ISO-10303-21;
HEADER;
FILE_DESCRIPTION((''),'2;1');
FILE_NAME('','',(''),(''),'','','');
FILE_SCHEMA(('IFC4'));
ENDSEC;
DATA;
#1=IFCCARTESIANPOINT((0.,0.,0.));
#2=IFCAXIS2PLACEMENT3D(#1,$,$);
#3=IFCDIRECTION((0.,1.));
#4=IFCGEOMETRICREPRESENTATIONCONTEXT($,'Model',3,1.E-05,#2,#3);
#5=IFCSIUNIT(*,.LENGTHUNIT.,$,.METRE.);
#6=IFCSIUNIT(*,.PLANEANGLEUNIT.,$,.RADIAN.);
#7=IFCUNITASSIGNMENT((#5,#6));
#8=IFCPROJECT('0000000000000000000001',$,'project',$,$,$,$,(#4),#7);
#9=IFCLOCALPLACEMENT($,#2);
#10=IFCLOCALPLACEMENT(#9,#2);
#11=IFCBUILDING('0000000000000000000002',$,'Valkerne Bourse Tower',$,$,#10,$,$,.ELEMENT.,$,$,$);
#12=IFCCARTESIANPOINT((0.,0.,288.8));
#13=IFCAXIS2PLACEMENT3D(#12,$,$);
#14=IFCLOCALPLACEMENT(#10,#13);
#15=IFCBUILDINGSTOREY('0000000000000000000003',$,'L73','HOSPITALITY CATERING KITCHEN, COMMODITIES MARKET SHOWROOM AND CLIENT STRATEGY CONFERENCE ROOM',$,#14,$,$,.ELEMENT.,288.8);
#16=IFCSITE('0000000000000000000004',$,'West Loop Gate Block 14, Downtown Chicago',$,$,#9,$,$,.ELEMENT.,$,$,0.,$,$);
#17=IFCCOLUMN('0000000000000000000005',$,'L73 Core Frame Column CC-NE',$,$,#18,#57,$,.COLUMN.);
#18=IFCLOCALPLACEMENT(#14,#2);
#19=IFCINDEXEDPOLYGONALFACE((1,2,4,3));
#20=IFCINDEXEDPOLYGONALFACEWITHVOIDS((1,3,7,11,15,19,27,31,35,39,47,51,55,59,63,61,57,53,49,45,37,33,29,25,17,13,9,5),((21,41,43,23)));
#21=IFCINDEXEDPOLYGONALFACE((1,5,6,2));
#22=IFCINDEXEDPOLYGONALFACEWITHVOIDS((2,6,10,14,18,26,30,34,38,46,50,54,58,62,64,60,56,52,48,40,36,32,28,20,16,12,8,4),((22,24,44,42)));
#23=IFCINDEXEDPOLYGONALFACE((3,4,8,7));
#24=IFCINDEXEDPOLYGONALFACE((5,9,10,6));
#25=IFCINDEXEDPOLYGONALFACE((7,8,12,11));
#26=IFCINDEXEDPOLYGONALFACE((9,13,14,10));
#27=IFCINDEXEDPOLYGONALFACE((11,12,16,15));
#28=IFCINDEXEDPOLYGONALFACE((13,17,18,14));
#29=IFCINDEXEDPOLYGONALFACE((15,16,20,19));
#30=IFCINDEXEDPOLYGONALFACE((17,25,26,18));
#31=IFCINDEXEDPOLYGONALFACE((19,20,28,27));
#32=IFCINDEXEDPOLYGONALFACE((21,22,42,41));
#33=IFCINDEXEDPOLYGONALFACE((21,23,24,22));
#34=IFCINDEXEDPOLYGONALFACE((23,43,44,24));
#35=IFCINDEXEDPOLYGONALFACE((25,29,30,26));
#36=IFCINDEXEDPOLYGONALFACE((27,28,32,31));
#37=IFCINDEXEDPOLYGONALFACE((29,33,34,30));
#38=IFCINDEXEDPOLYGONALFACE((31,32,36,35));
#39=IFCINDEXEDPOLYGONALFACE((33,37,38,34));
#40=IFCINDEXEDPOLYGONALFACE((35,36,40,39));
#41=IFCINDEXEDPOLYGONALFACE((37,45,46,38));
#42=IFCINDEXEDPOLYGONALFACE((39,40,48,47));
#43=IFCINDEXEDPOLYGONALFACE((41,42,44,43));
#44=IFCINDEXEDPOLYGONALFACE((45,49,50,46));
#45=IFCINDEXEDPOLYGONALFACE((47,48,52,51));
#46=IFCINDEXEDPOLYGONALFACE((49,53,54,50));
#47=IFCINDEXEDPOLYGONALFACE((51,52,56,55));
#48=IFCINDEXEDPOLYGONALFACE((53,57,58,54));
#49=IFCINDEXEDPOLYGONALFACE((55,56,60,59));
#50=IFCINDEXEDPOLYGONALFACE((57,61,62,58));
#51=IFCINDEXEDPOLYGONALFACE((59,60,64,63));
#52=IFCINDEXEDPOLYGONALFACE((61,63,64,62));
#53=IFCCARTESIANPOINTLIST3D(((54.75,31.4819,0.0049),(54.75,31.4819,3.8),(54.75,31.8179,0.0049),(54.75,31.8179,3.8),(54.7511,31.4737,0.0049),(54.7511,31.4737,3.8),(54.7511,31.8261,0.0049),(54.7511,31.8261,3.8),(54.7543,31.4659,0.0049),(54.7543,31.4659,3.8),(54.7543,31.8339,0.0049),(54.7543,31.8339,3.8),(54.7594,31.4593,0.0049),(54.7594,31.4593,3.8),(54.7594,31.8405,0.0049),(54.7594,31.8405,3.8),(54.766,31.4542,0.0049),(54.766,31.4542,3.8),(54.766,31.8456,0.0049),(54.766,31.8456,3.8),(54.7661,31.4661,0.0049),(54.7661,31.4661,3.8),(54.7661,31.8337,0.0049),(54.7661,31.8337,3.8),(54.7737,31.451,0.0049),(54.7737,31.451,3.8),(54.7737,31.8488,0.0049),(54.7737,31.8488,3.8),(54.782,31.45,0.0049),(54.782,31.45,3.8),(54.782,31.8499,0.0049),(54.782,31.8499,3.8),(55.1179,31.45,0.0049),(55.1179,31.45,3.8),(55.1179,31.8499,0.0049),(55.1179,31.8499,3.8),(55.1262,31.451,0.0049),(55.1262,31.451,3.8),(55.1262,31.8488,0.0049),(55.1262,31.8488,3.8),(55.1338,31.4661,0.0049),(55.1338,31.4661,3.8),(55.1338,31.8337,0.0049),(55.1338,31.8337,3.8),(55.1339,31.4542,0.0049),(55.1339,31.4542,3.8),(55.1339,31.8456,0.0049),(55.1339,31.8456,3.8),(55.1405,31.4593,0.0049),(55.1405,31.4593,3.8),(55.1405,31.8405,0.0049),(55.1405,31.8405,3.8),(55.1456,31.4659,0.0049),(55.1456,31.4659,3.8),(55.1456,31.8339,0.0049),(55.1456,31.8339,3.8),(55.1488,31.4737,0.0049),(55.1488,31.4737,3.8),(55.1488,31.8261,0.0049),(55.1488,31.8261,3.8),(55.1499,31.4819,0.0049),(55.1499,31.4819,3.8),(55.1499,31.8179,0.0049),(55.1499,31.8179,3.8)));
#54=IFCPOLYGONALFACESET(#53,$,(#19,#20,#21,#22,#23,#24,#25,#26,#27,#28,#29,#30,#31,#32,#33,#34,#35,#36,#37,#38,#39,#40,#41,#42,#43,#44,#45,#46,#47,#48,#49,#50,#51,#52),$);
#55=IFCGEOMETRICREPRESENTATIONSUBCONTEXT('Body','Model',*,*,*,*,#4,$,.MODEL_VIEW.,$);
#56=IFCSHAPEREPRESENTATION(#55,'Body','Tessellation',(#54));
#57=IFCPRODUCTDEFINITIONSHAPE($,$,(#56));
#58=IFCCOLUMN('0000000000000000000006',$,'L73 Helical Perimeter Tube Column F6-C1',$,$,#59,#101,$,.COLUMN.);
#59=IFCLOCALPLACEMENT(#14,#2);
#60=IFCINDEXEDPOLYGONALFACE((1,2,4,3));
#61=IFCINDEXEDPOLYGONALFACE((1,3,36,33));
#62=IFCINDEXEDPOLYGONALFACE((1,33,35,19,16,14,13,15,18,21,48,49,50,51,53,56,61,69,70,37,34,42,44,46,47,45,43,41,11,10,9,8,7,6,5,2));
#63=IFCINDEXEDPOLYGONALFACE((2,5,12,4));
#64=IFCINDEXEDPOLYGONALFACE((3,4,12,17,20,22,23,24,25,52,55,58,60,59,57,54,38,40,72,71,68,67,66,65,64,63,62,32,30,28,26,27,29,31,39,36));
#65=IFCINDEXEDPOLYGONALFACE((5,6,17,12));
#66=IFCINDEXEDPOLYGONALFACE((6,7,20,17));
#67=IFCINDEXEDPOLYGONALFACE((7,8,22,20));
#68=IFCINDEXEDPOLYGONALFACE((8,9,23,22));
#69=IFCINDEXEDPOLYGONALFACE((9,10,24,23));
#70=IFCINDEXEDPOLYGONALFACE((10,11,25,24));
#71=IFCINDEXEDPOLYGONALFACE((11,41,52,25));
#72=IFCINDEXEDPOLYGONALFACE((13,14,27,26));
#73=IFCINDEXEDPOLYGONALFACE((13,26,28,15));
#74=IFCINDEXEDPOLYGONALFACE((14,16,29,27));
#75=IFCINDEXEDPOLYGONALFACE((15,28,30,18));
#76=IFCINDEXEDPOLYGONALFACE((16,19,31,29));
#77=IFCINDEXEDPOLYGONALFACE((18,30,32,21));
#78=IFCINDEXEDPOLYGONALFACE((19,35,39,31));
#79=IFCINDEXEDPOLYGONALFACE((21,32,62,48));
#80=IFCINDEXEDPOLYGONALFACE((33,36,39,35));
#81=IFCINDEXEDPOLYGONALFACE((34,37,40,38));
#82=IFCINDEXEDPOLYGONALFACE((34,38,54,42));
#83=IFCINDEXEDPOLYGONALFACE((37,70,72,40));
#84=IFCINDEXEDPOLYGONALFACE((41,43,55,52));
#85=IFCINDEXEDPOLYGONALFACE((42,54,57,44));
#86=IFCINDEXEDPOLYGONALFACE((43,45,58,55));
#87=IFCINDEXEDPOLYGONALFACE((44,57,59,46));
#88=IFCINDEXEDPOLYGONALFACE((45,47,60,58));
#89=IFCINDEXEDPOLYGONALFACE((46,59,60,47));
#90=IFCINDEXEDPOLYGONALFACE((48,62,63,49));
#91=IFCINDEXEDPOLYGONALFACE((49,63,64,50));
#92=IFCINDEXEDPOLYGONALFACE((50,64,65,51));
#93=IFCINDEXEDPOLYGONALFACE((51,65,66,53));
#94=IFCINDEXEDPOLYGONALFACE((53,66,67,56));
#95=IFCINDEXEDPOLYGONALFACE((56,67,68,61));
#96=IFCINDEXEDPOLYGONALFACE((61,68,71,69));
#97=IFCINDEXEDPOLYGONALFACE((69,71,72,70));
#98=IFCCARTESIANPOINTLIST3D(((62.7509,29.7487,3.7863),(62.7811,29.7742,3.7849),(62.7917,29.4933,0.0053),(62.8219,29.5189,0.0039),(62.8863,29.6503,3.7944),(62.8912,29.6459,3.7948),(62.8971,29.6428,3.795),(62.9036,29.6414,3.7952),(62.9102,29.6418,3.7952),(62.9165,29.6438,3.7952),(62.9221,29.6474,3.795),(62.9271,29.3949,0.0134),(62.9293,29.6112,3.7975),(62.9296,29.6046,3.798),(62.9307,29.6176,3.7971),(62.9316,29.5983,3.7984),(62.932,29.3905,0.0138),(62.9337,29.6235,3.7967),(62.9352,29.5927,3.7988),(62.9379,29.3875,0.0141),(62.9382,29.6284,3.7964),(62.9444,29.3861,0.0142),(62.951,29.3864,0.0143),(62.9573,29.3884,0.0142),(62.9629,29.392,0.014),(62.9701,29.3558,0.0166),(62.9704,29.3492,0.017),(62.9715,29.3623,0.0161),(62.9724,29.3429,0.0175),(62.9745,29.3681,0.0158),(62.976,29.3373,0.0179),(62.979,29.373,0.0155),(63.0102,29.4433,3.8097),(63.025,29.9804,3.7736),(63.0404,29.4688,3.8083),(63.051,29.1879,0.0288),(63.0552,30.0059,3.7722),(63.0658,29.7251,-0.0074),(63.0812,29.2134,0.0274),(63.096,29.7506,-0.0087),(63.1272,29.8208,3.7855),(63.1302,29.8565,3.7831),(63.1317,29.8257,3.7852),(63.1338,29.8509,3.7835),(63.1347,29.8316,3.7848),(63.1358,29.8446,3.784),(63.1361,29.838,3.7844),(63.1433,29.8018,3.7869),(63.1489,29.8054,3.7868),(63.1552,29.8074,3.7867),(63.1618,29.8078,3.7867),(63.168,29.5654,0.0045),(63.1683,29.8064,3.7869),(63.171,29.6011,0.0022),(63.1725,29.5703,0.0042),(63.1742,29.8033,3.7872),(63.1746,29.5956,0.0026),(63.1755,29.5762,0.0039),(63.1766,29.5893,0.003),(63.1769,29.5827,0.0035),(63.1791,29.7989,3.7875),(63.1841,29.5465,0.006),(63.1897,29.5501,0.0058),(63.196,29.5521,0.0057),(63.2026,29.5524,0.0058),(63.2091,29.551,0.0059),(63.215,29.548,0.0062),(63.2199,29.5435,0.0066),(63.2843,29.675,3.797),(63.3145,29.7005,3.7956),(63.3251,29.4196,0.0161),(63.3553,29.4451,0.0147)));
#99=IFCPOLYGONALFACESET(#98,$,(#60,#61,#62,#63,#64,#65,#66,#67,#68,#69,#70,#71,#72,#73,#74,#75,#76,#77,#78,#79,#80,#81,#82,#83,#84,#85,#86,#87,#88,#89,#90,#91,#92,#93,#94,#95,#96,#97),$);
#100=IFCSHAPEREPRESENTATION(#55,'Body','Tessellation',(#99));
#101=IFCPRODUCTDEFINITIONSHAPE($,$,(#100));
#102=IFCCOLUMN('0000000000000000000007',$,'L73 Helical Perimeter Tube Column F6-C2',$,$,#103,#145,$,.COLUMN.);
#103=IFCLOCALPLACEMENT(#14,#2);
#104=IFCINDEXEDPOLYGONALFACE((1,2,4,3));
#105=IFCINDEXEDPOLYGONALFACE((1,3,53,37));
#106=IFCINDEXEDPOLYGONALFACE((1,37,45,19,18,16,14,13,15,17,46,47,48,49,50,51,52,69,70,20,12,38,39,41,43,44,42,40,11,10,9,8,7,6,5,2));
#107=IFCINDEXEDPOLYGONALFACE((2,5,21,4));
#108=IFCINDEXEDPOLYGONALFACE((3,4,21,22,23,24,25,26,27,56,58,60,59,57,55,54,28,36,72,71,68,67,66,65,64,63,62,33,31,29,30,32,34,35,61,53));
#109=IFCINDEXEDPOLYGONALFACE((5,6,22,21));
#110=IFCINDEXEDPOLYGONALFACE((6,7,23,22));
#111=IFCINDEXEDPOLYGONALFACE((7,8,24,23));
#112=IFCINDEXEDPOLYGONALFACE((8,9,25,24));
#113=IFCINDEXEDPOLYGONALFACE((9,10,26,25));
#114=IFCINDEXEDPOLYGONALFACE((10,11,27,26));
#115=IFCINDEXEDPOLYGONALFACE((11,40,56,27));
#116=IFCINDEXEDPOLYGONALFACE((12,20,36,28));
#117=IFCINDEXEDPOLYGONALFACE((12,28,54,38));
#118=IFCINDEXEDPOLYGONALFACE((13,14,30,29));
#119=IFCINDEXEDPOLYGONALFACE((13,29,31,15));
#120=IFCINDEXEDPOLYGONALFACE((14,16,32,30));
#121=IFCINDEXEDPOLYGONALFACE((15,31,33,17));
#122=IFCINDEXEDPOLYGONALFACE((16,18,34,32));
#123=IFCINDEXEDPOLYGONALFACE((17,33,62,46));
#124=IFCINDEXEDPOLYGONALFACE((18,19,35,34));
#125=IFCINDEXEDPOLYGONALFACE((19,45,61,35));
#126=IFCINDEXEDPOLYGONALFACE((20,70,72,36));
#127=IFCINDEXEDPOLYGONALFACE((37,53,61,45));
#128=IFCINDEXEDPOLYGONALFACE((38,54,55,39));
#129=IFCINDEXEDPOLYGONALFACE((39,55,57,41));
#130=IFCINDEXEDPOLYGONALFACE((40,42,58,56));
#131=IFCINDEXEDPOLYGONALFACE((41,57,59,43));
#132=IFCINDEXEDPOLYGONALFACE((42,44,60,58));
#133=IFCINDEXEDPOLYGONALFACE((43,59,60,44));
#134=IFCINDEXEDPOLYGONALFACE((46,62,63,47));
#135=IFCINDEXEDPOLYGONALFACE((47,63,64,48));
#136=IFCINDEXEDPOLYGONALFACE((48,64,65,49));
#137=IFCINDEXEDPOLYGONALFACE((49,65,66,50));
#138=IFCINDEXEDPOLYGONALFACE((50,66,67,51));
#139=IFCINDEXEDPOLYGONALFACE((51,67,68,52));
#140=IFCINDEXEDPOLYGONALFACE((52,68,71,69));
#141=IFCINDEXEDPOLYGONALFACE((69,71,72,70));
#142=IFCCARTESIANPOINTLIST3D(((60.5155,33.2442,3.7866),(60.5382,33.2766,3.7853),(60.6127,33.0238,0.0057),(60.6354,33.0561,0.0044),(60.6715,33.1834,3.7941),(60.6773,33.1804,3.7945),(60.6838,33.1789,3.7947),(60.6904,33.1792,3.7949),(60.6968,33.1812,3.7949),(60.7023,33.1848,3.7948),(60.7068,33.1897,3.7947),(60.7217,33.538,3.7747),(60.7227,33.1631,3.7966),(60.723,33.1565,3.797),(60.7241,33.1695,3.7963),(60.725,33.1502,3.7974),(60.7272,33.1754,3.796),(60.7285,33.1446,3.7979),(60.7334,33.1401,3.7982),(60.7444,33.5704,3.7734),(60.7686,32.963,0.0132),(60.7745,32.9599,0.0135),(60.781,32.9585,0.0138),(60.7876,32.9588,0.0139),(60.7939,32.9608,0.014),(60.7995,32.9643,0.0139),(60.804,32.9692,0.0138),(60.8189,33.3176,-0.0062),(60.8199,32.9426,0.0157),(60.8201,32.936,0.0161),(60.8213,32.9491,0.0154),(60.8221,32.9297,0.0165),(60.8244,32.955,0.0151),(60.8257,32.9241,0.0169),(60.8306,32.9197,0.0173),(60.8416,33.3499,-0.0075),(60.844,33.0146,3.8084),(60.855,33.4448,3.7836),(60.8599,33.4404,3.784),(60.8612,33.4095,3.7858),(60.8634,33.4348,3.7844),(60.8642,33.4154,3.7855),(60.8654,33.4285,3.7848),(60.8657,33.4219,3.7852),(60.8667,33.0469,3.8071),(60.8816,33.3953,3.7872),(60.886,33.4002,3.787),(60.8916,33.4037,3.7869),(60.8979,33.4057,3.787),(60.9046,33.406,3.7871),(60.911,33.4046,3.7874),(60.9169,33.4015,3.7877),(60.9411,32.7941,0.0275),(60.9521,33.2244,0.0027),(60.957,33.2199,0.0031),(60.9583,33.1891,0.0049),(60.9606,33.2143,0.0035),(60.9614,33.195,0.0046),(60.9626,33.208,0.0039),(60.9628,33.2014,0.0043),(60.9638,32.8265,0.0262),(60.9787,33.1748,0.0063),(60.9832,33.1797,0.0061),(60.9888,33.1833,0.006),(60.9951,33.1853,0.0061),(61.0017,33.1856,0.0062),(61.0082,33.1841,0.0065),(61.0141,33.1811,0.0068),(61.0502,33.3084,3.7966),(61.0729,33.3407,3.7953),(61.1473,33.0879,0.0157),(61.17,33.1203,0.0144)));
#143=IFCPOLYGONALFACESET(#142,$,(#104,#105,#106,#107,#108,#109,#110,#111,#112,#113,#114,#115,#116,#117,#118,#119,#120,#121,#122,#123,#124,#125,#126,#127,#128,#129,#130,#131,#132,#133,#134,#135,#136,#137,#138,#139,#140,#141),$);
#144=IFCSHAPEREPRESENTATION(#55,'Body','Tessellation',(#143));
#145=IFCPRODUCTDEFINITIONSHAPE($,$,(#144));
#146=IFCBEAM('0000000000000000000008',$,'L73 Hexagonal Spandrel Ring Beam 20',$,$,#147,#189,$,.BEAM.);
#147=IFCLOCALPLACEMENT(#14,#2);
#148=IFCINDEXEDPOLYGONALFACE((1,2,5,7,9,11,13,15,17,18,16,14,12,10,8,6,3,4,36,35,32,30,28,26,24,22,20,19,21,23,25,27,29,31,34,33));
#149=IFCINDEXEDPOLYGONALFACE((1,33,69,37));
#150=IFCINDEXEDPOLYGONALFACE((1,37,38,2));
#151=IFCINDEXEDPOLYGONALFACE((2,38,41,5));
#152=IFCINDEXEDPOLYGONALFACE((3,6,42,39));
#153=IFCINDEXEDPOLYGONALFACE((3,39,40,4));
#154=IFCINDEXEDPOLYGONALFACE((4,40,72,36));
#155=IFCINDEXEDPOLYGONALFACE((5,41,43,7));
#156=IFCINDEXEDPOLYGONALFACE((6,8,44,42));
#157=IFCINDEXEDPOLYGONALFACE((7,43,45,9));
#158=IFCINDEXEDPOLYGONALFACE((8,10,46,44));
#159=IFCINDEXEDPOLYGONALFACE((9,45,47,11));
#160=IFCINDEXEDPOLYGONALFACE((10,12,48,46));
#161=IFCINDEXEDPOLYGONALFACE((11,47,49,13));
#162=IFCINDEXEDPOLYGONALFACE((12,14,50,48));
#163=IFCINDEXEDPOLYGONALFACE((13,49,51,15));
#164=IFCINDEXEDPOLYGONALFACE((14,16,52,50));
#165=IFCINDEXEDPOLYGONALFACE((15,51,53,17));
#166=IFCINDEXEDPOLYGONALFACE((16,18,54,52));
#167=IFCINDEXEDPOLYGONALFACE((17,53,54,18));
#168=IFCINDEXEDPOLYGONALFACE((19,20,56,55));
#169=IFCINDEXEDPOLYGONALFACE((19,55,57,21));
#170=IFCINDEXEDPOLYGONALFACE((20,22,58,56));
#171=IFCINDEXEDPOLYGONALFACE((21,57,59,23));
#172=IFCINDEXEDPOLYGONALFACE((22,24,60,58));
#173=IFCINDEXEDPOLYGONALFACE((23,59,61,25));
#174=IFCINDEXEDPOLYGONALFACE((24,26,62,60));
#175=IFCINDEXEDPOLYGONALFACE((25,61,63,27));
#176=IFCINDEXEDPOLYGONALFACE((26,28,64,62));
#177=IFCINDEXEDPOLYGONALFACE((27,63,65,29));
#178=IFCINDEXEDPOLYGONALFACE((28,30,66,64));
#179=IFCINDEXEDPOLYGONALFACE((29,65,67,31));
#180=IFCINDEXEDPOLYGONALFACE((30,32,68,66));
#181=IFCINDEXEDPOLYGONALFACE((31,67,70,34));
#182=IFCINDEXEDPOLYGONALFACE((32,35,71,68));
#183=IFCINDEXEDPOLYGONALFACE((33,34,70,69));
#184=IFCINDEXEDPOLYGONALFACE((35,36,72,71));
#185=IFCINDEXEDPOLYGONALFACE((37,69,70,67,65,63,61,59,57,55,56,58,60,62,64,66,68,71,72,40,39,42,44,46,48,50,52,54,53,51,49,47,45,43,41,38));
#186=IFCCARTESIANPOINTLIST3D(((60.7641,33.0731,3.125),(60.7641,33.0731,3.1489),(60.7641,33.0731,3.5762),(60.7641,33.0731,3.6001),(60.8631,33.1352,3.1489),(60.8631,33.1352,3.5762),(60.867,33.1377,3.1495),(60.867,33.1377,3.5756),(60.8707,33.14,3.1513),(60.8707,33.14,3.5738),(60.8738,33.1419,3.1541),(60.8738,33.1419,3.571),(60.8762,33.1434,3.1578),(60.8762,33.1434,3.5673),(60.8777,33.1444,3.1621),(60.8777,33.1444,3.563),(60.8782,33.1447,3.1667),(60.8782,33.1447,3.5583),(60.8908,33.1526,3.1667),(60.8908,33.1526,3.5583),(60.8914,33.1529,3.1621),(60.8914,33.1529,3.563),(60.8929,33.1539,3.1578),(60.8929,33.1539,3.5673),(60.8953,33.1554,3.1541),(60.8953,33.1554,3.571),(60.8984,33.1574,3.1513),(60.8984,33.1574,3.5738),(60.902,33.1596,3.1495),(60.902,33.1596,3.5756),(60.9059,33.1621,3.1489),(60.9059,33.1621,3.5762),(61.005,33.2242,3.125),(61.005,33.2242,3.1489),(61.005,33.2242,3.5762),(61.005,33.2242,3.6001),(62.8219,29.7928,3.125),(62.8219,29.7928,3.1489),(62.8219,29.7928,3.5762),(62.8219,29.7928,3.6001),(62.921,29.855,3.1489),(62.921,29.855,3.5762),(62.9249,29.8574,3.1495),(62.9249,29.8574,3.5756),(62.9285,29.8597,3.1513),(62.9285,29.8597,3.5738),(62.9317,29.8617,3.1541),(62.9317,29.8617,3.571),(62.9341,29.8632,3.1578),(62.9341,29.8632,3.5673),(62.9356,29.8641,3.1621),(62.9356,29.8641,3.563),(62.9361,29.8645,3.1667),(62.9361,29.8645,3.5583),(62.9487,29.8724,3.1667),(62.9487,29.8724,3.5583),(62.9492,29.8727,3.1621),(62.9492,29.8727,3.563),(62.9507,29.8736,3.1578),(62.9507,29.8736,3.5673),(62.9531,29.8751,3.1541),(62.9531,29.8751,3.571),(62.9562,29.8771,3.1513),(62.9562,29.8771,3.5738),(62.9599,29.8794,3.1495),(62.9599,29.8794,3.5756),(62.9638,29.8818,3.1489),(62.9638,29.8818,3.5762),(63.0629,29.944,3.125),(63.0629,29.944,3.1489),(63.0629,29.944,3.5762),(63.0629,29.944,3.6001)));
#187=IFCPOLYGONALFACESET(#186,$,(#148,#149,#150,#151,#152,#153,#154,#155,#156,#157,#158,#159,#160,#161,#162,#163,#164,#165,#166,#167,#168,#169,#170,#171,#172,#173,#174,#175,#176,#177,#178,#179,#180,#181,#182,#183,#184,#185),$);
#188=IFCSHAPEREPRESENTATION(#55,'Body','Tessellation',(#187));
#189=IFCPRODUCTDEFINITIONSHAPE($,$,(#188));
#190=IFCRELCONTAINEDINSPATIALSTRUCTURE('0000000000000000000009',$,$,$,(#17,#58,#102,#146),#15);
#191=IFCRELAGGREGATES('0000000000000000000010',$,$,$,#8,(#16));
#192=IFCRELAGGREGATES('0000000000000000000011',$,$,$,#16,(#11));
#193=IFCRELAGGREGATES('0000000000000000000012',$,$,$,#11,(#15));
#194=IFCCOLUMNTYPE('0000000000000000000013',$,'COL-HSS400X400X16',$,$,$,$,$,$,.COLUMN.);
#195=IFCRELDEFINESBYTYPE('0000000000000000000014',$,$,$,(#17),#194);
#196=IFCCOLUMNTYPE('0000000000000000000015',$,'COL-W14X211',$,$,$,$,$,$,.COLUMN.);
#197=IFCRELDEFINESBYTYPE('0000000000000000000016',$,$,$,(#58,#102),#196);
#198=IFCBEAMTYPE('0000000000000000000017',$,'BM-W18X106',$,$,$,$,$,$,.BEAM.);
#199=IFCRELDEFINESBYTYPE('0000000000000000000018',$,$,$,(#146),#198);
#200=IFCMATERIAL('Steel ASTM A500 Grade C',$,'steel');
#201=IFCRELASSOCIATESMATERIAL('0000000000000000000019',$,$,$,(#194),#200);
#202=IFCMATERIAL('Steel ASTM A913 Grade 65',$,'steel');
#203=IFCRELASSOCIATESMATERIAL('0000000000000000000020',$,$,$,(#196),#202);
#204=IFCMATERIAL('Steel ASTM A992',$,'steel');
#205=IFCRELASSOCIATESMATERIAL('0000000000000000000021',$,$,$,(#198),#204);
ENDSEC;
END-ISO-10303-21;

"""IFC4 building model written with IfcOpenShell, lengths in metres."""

from ifc_helpers import new_model, si_unit, direction, frame, origin, origin_2d, place, context, subcontext, project, spatial, hollow_rectangle, i_section, extrude, material, material_profile, profile_set, type_object, element, save


model = new_model("IFC4")

# Units and contexts
model_context = context("Model", 3, precision=1e-05, world=origin(), true_north=direction((0.0, 1.0)))
body_context = subcontext(model_context, "Body", "Model", "MODEL_VIEW")
ifc_project = project(units=[si_unit("LENGTHUNIT", "METRE"), si_unit("PLANEANGLEUNIT", "RADIAN")], contexts=[model_context])

# Site, building, storey
site_placement = place(None, origin())
site = spatial("IfcSite", under=ifc_project, at=site_placement, Name="West Loop Gate Block 14, Downtown Chicago", CompositionType="ELEMENT", RefElevation=0.0)
building_placement = place(site_placement, origin())
building = spatial("IfcBuilding", under=site, at=building_placement, Name="Valkerne Bourse Tower", CompositionType="ELEMENT")
storey_placement = place(building_placement, frame((0.0, 0.0, 288.8)))
storey = spatial("IfcBuildingStorey", under=building, at=storey_placement, Name="L73", Description="HOSPITALITY CATERING KITCHEN, COMMODITIES MARKET SHOWROOM AND CLIENT STRATEGY CONFERENCE ROOM", CompositionType="ELEMENT", Elevation=288.8)

# Columns
ifc_material_1 = material(Name="Steel ASTM A500 Grade C", Category="steel")
ifc_material_profile_1 = material_profile(ifc_material_1, hollow_rectangle(XDim=0.3999, YDim=0.3999, WallThickness=0.0161, OuterFilletRadius=0.032, at=origin_2d()), Name="HSS400X400X16")
ifc_profile_set_1 = profile_set([ifc_material_profile_1], Name="Steel ASTM A500 Grade C")
column_type_1 = type_object("IfcColumnType", Name="COL-HSS400X400X16", PredefinedType="COLUMN", material=ifc_profile_set_1)
column_1_placement = place(storey_placement, frame((54.95, 31.6499, 0.0049), z_axis=(0.0, 0.0, 1.0), x_axis=(1.0, 0.0, 0.0)))
element("IfcColumn", 1, at=column_1_placement, inside=storey, type_object=column_type_1, Name="L73 Core Frame Column CC-NE", PredefinedType="COLUMN", context=body_context, shape_type="SweptSolid", body=[
    extrude(hollow_rectangle(XDim=0.3999, YDim=0.3999, WallThickness=0.0161, OuterFilletRadius=0.032, at=origin_2d()), origin(), (0.0, 0.0, 1.0), 3.7952),
])
ifc_material_2 = material(Name="Steel ASTM A913 Grade 65", Category="steel")
ifc_material_profile_2 = material_profile(ifc_material_2, i_section(OverallWidth=0.4014, OverallDepth=0.3987, WebThickness=0.0249, FlangeThickness=0.0396, FilletRadius=0.0254, at=origin_2d()), Name="W14X211")
ifc_profile_set_2 = profile_set([ifc_material_profile_2], Name="Steel ASTM A913 Grade 65")
column_type_2 = type_object("IfcColumnType", Name="COL-W14X211", PredefinedType="COLUMN", material=ifc_profile_set_2)
column_2_placement = place(storey_placement, frame((63.0735, 29.4692, 0.01), z_axis=(-0.010758, 0.067383, 0.997669), x_axis=(0.64609, -0.761026, 0.058367)))
element("IfcColumn", 2, at=column_2_placement, inside=storey, type_object=column_type_2, Name="L73 Helical Perimeter Tube Column F6-C1", PredefinedType="COLUMN", context=body_context, shape_type="SweptSolid", body=[
    extrude(i_section(OverallWidth=0.4014, OverallDepth=0.3987, WebThickness=0.0249, FlangeThickness=0.0396, FilletRadius=0.0254, at=origin_2d()), origin(), (0.0, 0.0, 1.0), 3.7898),
])
column_3_placement = place(storey_placement, frame((60.8914, 33.072, 0.01), z_axis=(-0.025647, 0.058189, 0.997976), x_axis=(0.81831, -0.572198, 0.054393)))
element("IfcColumn", 3, at=column_3_placement, inside=storey, type_object=column_type_2, Name="L73 Helical Perimeter Tube Column F6-C2", PredefinedType="COLUMN", context=body_context, shape_type="SweptSolid", body=[
    extrude(i_section(OverallWidth=0.4014, OverallDepth=0.3987, WebThickness=0.0249, FlangeThickness=0.0396, FilletRadius=0.0254, at=origin_2d()), origin(), (0.0, 0.0, 1.0), 3.7886),
])

# Beam
ifc_material_3 = material(Name="Steel ASTM A992", Category="steel")
ifc_material_profile_3 = material_profile(ifc_material_3, i_section(OverallWidth=0.2844, OverallDepth=0.4751, WebThickness=0.0149, FlangeThickness=0.0239, FilletRadius=0.0178, at=origin_2d()), Name="W18X106")
ifc_profile_set_3 = profile_set([ifc_material_profile_3], Name="Steel ASTM A992")
beam_type_1 = type_object("IfcBeamType", Name="BM-W18X106", PredefinedType="BEAM", material=ifc_profile_set_3)
beam_1_placement = place(storey_placement, frame((62.9424, 29.8684, 3.3625), z_axis=(-0.531426, 0.847105, 0.0), x_axis=(-0.847105, -0.531426, 0.0)))
element("IfcBeam", 4, at=beam_1_placement, inside=storey, type_object=beam_type_1, Name="L73 Hexagonal Spandrel Ring Beam 20", PredefinedType="BEAM", context=body_context, shape_type="SweptSolid", body=[
    extrude(i_section(OverallWidth=0.2844, OverallDepth=0.4751, WebThickness=0.0149, FlangeThickness=0.0239, FilletRadius=0.0178, at=origin_2d()), origin(), (0.0, 0.0, 1.0), 3.8723),
])

save(model, "model.ifc")
